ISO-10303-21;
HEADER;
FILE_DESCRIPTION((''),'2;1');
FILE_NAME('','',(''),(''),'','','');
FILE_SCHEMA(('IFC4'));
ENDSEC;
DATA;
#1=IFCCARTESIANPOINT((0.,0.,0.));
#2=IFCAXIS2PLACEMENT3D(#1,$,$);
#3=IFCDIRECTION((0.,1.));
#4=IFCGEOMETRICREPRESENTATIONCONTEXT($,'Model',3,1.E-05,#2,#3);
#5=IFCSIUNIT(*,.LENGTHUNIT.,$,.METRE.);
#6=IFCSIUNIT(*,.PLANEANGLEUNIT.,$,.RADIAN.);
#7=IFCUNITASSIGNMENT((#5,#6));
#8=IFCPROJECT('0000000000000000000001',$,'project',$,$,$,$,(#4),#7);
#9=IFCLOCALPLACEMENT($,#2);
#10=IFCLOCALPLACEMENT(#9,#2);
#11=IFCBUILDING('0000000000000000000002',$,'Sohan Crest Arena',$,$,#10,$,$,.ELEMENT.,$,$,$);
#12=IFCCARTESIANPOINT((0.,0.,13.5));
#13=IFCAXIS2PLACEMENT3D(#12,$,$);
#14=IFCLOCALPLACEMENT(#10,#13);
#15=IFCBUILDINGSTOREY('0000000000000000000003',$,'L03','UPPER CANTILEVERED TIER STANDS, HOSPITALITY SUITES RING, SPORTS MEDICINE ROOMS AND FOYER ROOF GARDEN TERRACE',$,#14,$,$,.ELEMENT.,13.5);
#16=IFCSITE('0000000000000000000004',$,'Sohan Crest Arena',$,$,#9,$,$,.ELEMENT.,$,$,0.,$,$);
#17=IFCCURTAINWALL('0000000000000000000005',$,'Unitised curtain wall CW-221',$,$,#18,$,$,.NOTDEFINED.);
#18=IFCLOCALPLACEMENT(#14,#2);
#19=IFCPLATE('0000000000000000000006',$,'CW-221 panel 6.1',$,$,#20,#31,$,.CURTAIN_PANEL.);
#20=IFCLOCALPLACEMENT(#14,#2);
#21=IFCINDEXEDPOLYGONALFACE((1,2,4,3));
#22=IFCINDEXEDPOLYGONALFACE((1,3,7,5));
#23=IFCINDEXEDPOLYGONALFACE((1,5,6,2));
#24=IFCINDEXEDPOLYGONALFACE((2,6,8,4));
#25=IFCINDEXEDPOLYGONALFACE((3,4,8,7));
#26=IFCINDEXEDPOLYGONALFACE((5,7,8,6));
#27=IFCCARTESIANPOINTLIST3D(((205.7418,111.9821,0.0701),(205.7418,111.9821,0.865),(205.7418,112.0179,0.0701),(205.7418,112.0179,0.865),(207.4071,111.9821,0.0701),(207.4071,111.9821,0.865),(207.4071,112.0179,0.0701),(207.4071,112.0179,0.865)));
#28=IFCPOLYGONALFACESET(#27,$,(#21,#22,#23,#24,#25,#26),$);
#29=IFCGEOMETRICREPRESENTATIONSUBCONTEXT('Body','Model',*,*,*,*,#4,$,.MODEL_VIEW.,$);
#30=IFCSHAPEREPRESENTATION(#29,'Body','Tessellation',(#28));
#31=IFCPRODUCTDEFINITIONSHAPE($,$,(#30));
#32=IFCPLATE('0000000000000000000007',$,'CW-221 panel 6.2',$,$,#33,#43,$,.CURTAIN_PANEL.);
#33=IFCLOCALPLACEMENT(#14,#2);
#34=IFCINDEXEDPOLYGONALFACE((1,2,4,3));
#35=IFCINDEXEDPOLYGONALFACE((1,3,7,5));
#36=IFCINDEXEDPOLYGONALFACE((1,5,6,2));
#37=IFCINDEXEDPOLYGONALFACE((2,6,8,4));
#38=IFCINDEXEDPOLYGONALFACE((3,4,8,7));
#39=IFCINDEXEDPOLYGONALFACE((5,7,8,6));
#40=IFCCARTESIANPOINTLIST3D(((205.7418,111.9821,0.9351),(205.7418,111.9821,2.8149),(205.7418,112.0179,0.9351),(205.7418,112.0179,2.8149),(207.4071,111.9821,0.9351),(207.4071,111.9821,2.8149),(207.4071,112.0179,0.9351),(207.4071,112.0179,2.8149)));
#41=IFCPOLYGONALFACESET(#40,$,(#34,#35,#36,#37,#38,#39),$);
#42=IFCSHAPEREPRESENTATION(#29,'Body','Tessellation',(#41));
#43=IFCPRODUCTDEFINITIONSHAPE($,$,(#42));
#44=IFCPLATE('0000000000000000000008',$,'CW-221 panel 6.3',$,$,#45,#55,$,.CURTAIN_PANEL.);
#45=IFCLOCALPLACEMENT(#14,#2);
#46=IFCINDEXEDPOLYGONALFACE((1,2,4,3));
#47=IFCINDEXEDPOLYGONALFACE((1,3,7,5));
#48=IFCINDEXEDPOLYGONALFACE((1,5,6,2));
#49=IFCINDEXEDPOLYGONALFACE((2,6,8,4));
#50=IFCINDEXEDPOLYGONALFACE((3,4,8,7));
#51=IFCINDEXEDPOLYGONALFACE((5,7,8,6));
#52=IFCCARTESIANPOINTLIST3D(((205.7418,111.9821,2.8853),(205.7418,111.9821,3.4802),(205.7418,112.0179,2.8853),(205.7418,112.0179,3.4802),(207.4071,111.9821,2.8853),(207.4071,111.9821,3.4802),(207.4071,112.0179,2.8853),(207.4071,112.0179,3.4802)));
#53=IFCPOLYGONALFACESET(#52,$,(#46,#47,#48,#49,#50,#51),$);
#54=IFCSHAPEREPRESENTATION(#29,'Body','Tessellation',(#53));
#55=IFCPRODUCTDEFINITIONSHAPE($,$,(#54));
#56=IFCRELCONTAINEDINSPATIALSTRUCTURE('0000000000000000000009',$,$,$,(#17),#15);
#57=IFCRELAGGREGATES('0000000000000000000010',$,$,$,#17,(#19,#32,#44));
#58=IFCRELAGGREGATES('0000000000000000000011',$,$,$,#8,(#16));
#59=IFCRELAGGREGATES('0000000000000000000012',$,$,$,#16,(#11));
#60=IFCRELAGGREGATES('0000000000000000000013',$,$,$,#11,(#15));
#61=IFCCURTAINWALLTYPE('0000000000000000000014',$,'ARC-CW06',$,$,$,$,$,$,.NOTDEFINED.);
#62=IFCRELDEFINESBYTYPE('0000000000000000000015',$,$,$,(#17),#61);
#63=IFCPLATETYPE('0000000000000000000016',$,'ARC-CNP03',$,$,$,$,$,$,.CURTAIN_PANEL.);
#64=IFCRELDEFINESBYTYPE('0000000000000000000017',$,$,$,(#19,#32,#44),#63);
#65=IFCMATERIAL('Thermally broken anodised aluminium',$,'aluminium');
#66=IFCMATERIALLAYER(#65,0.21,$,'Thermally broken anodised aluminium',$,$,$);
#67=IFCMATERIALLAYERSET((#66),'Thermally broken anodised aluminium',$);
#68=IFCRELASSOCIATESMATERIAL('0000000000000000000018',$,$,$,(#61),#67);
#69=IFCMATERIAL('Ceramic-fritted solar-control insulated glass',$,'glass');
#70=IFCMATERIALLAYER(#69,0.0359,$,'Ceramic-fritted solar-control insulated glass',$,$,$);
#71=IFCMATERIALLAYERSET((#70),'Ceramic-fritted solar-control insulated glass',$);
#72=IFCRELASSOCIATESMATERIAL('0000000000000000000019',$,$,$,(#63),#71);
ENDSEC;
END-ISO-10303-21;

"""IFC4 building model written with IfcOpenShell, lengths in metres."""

from ifc_helpers import new_model, si_unit, direction, frame, origin, origin_2d, place, context, subcontext, project, spatial, rectangle, extrude, material, layer, layer_set, type_object, element, aggregate, save


model = new_model("IFC4")

# Units and contexts
model_context = context("Model", 3, precision=1e-05, world=origin(), true_north=direction((0.0, 1.0)))
body_context = subcontext(model_context, "Body", "Model", "MODEL_VIEW")
ifc_project = project(units=[si_unit("LENGTHUNIT", "METRE"), si_unit("PLANEANGLEUNIT", "RADIAN")], contexts=[model_context])

# Site, building, storey
site_placement = place(None, origin())
site = spatial("IfcSite", under=ifc_project, at=site_placement, Name="Sohan Crest Arena", CompositionType="ELEMENT", RefElevation=0.0)
building_placement = place(site_placement, origin())
building = spatial("IfcBuilding", under=site, at=building_placement, Name="Sohan Crest Arena", CompositionType="ELEMENT")
storey_placement = place(building_placement, frame((0.0, 0.0, 13.5)))
storey = spatial("IfcBuildingStorey", under=building, at=storey_placement, Name="L03", Description="UPPER CANTILEVERED TIER STANDS, HOSPITALITY SUITES RING, SPORTS MEDICINE ROOMS AND FOYER ROOF GARDEN TERRACE", CompositionType="ELEMENT", Elevation=13.5)

# Curtain wall
ifc_material_1 = material(Name="Thermally broken anodised aluminium", Category="aluminium")
ifc_layer_1 = layer(ifc_material_1, 0.21, Name="Thermally broken anodised aluminium")
ifc_layer_set_1 = layer_set([ifc_layer_1], Name="Thermally broken anodised aluminium")
curtain_wall_type = type_object("IfcCurtainWallType", Name="ARC-CW06", PredefinedType="NOTDEFINED", material=ifc_layer_set_1)
curtain_wall_1_placement = place(storey_placement, origin())
curtain_wall_1 = element("IfcCurtainWall", 1, at=curtain_wall_1_placement, inside=storey, type_object=curtain_wall_type, Name="Unitised curtain wall CW-221", PredefinedType="NOTDEFINED")

# Plates
ifc_material_2 = material(Name="Ceramic-fritted solar-control insulated glass", Category="glass")
ifc_layer_2 = layer(ifc_material_2, 0.0359, Name="Ceramic-fritted solar-control insulated glass")
ifc_layer_set_2 = layer_set([ifc_layer_2], Name="Ceramic-fritted solar-control insulated glass")
plate_type = type_object("IfcPlateType", Name="ARC-CNP03", PredefinedType="CURTAIN_PANEL", material=ifc_layer_set_2)
plate_1_placement = place(storey_placement, frame((206.5745, 112.0, 0.0701), z_axis=(0.0, 0.0, 1.0), x_axis=(-1.0, 0.0, 0.0)))
plate_1 = element("IfcPlate", 2, at=plate_1_placement, type_object=plate_type, Name="CW-221 panel 6.1", PredefinedType="CURTAIN_PANEL", context=body_context, shape_type="SweptSolid", body=[
    extrude(rectangle(XDim=1.6653, YDim=0.0359, at=origin_2d()), origin(), (0.0, 0.0, 1.0), 0.7949),
])
plate_2_placement = place(storey_placement, frame((206.5745, 112.0, 0.9351), z_axis=(0.0, 0.0, 1.0), x_axis=(-1.0, 0.0, 0.0)))
plate_2 = element("IfcPlate", 3, at=plate_2_placement, type_object=plate_type, Name="CW-221 panel 6.2", PredefinedType="CURTAIN_PANEL", context=body_context, shape_type="SweptSolid", body=[
    extrude(rectangle(XDim=1.6653, YDim=0.0359, at=origin_2d()), origin(), (0.0, 0.0, 1.0), 1.8799),
])
plate_3_placement = place(storey_placement, frame((206.5745, 112.0, 2.8853), z_axis=(0.0, 0.0, 1.0), x_axis=(-1.0, 0.0, 0.0)))
plate_3 = element("IfcPlate", 4, at=plate_3_placement, type_object=plate_type, Name="CW-221 panel 6.3", PredefinedType="CURTAIN_PANEL", context=body_context, shape_type="SweptSolid", body=[
    extrude(rectangle(XDim=1.6653, YDim=0.0359, at=origin_2d()), origin(), (0.0, 0.0, 1.0), 0.595),
])
aggregate(curtain_wall_1, [plate_1, plate_2, plate_3])

save(model, "model.ifc")
